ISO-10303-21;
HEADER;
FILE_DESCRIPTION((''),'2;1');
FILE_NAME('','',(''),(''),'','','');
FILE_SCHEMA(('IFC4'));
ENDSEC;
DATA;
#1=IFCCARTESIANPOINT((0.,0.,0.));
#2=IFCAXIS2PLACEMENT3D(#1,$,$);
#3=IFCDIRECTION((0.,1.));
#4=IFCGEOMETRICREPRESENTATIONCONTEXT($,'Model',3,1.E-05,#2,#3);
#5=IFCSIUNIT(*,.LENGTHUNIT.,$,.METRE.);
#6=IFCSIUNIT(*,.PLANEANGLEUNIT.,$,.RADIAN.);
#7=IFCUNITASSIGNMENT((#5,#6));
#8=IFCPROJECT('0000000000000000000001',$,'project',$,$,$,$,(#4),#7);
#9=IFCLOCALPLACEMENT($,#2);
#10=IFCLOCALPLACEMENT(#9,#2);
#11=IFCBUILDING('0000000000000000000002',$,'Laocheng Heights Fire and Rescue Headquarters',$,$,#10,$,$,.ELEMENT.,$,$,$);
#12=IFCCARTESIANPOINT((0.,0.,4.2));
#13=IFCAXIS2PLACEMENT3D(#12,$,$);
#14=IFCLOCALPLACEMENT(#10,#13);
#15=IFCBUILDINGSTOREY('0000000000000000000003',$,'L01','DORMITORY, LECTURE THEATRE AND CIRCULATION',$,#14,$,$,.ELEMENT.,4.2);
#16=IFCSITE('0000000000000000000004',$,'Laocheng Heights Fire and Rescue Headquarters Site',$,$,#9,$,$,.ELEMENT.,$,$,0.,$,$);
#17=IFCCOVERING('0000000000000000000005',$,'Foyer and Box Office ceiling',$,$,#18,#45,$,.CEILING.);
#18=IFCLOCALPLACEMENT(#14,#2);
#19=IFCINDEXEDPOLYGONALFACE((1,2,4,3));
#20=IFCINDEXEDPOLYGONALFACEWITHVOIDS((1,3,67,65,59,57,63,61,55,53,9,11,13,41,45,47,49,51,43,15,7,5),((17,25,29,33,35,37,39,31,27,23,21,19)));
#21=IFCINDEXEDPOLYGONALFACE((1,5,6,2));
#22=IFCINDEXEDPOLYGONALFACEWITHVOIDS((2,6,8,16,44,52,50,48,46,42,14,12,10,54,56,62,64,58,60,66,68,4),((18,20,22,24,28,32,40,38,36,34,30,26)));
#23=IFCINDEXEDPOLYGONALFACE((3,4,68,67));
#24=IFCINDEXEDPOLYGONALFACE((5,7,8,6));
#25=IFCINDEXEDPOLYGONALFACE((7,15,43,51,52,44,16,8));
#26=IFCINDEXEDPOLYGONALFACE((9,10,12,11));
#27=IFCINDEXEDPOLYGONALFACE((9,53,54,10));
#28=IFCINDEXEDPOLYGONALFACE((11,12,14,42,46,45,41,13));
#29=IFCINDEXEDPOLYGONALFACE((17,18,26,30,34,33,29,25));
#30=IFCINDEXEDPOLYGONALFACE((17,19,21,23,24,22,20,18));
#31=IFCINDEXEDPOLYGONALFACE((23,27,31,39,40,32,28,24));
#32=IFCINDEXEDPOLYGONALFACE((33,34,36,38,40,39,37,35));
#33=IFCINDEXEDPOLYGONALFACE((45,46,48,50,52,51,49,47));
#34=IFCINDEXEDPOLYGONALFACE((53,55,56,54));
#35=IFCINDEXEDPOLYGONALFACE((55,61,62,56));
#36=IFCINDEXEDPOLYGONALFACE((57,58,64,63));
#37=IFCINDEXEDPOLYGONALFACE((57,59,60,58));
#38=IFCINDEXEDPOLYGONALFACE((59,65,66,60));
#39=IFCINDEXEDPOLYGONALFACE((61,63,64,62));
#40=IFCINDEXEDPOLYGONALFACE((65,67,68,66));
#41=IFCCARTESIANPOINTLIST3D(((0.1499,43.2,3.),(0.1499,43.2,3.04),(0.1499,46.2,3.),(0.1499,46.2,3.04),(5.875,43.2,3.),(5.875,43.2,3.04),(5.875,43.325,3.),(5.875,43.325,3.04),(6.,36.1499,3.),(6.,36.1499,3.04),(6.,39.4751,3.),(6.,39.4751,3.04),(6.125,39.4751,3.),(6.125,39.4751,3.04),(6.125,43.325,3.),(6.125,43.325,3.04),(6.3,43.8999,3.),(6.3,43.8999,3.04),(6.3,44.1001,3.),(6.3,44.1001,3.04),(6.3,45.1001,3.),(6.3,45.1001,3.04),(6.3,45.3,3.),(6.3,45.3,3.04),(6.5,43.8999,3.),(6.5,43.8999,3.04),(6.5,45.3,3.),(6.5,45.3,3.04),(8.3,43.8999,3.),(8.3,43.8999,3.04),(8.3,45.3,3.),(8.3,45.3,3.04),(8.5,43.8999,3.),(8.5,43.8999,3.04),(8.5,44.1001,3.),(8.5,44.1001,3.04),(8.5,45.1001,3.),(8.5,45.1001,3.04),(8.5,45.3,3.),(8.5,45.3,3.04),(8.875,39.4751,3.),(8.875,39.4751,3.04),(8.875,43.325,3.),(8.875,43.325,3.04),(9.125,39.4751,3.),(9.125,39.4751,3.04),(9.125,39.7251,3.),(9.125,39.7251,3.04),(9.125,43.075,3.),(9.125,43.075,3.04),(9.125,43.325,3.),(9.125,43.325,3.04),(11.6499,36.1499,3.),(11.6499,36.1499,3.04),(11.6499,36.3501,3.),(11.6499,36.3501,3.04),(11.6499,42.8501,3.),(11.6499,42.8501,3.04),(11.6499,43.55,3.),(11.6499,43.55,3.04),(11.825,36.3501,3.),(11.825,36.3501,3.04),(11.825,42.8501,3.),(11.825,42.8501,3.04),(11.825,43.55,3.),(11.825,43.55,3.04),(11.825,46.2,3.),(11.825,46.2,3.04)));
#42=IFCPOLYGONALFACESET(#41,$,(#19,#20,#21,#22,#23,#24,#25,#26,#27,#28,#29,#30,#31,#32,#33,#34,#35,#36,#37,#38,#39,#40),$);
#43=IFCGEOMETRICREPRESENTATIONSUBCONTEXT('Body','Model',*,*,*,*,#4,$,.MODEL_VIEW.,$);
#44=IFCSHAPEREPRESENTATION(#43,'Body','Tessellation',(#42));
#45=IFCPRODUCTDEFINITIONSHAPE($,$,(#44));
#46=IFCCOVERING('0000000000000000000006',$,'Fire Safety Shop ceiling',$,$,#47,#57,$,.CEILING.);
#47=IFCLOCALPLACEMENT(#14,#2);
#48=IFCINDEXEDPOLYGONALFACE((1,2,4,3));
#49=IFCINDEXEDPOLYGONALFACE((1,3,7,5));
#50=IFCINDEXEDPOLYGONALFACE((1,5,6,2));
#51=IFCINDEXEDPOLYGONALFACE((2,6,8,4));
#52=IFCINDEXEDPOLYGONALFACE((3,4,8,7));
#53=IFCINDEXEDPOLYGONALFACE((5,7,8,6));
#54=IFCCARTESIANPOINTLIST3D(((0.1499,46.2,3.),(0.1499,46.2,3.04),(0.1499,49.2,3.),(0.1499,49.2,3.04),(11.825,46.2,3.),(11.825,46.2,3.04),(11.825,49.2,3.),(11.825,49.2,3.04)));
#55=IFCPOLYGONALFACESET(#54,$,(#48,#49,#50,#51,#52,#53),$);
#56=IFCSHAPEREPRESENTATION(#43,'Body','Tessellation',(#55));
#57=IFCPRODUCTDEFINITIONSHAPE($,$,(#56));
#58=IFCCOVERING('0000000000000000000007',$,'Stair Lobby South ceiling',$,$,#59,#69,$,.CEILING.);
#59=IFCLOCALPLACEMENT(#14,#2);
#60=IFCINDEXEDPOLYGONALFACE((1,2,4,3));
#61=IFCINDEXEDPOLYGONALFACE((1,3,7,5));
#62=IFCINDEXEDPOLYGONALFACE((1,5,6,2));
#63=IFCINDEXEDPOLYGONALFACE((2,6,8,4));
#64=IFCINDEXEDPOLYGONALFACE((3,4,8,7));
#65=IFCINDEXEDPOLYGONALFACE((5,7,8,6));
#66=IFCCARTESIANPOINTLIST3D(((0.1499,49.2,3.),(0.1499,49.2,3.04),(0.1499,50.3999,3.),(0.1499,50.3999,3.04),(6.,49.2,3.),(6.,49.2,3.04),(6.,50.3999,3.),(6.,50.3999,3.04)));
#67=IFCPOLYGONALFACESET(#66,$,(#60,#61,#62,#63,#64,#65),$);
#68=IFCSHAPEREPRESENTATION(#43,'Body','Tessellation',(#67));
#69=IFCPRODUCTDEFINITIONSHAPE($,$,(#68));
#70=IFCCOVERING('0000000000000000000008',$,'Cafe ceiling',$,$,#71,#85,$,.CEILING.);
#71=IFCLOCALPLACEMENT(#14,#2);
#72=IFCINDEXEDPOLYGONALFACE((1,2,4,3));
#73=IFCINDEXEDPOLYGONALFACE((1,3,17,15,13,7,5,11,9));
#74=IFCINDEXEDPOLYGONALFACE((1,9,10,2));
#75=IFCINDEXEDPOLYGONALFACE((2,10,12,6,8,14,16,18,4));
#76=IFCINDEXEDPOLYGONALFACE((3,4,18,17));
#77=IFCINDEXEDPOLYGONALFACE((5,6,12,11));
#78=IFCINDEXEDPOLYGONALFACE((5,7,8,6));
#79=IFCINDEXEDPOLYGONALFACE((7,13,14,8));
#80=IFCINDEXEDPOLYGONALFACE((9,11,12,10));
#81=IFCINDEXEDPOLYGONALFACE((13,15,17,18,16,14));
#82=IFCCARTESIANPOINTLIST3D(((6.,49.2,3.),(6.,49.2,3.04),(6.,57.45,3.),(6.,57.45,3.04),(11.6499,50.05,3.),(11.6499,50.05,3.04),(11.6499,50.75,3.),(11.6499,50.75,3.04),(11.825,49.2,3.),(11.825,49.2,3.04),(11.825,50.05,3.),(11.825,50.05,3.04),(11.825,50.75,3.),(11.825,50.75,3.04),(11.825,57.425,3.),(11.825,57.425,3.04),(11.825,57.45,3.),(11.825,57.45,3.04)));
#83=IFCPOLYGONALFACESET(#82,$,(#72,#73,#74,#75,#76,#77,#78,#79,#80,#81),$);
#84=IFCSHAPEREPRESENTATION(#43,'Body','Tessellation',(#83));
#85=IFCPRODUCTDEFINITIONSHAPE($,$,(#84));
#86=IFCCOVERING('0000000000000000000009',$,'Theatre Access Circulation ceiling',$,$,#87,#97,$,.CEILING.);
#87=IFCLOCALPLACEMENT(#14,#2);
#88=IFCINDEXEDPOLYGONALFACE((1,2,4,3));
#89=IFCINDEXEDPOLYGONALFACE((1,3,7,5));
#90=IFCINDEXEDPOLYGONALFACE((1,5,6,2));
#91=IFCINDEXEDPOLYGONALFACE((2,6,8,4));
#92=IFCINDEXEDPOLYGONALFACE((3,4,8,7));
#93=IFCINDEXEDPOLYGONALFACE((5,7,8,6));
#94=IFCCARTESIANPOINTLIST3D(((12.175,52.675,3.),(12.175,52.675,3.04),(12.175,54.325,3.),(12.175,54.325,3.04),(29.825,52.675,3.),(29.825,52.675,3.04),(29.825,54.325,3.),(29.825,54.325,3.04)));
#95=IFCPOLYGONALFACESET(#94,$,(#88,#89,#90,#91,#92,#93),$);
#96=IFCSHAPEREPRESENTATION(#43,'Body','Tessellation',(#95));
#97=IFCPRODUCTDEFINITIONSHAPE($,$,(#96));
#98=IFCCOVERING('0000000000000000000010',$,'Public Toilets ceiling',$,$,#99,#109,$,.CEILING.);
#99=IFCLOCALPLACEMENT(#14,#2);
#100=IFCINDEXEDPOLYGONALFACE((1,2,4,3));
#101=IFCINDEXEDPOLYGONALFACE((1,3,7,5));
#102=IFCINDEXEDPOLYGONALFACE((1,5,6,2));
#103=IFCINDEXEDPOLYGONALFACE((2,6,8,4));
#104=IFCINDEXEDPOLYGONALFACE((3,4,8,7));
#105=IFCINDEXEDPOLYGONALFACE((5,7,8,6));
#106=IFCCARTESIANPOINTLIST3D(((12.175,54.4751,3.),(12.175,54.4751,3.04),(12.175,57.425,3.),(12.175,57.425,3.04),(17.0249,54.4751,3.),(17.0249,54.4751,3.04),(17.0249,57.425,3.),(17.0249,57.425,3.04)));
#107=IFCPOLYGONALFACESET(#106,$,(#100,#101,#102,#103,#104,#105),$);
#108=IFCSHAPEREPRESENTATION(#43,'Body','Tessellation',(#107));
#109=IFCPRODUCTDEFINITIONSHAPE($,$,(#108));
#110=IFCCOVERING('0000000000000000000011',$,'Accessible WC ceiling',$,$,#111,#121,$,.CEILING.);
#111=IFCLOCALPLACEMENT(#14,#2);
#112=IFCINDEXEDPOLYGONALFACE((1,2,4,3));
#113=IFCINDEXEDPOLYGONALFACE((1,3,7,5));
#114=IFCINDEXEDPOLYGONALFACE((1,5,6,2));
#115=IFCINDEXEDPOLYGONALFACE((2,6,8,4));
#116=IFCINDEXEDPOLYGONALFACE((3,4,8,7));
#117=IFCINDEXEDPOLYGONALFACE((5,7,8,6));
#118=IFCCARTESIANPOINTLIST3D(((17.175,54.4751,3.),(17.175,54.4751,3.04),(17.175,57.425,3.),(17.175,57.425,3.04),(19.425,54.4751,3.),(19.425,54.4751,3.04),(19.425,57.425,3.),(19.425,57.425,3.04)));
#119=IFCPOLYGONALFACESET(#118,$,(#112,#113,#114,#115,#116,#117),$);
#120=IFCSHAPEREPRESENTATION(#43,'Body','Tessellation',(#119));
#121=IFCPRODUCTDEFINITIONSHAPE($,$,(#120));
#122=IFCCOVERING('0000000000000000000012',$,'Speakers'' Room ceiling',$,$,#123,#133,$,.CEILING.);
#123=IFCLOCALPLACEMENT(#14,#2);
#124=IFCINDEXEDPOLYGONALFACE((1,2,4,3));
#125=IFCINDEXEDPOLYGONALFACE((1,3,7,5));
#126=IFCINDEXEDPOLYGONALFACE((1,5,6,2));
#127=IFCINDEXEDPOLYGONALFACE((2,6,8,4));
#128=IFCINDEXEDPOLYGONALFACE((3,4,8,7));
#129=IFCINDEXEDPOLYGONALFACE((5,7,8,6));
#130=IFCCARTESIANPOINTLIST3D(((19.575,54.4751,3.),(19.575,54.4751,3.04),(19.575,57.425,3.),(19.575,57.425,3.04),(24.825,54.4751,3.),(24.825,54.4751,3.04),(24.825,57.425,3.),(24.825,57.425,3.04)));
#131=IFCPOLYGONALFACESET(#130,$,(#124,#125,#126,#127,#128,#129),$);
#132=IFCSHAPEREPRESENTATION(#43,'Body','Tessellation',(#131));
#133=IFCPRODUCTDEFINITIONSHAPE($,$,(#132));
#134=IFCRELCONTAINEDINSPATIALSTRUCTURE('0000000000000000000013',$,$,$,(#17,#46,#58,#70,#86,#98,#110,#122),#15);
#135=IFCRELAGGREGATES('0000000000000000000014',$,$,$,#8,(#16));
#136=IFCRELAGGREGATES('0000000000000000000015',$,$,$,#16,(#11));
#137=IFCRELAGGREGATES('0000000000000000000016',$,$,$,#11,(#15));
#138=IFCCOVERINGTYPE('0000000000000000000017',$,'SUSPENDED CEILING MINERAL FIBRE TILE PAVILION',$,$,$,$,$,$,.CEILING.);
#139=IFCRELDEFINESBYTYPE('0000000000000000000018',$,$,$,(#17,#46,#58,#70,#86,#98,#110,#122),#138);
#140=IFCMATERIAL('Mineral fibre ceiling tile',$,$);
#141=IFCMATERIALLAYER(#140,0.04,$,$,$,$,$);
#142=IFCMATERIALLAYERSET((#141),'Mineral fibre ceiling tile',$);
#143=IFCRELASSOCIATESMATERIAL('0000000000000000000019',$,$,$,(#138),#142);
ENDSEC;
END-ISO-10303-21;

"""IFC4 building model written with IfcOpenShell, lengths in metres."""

from ifc_helpers import new_model, si_unit, direction, frame, origin, place, context, subcontext, project, spatial, polyline, outline, extrude, material, layer, layer_set, type_object, element, save


model = new_model("IFC4")

# Units and contexts
model_context = context("Model", 3, precision=1e-05, world=origin(), true_north=direction((0.0, 1.0)))
body_context = subcontext(model_context, "Body", "Model", "MODEL_VIEW")
ifc_project = project(units=[si_unit("LENGTHUNIT", "METRE"), si_unit("PLANEANGLEUNIT", "RADIAN")], contexts=[model_context])

# Site, building, storey
site_placement = place(None, origin())
site = spatial("IfcSite", under=ifc_project, at=site_placement, Name="Laocheng Heights Fire and Rescue Headquarters Site", CompositionType="ELEMENT", RefElevation=0.0)
building_placement = place(site_placement, origin())
building = spatial("IfcBuilding", under=site, at=building_placement, Name="Laocheng Heights Fire and Rescue Headquarters", CompositionType="ELEMENT")
storey_placement = place(building_placement, frame((0.0, 0.0, 4.2)))
storey = spatial("IfcBuildingStorey", under=building, at=storey_placement, Name="L01", Description="DORMITORY, LECTURE THEATRE AND CIRCULATION", CompositionType="ELEMENT", Elevation=4.2)

# Coverings
ifc_material_1 = material(Name="Mineral fibre ceiling tile")
ifc_layer_1 = layer(ifc_material_1, 0.04)
ifc_layer_set_1 = layer_set([ifc_layer_1], Name="Mineral fibre ceiling tile")
covering_type_1 = type_object("IfcCoveringType", Name="SUSPENDED CEILING MINERAL FIBRE TILE PAVILION", PredefinedType="CEILING", material=ifc_layer_set_1)
covering_1_placement = place(storey_placement, frame((0.0, 0.0, 3.0)))
element("IfcCovering", 1, at=covering_1_placement, inside=storey, type_object=covering_type_1, Name="Foyer and Box Office ceiling", PredefinedType="CEILING", context=body_context, shape_type="SweptSolid", body=[
    extrude(outline(polyline([(6.125, 39.4751), (8.875, 39.4751), (9.125, 39.4751), (9.125, 39.7251), (9.125, 43.075), (9.125, 43.325), (8.875, 43.325), (6.125, 43.325), (5.875, 43.325), (5.875, 43.2), (0.1499, 43.2), (0.1499, 46.2), (11.825, 46.2), (11.825, 43.55), (11.6499, 43.55), (11.6499, 42.8501), (11.825, 42.8501), (11.825, 36.3501), (11.6499, 36.3501), (11.6499, 36.1499), (6.0, 36.1499), (6.0, 39.4751), (6.125, 39.4751)]), holes=[polyline([(8.5, 44.1001), (8.5, 45.1001), (8.5, 45.3), (8.3, 45.3), (6.5, 45.3), (6.3, 45.3), (6.3, 45.1001), (6.3, 44.1001), (6.3, 43.8999), (6.5, 43.8999), (8.3, 43.8999), (8.5, 43.8999), (8.5, 44.1001)])]), origin(), (0.0, 0.0, 1.0), 0.04),
])
covering_2_placement = place(storey_placement, frame((0.0, 0.0, 3.0)))
element("IfcCovering", 2, at=covering_2_placement, inside=storey, type_object=covering_type_1, Name="Fire Safety Shop ceiling", PredefinedType="CEILING", context=body_context, shape_type="SweptSolid", body=[
    extrude(outline(polyline([(11.825, 46.2), (0.1499, 46.2), (0.1499, 49.2), (11.825, 49.2), (11.825, 46.2)])), origin(), (0.0, 0.0, 1.0), 0.04),
])
covering_3_placement = place(storey_placement, frame((0.0, 0.0, 3.0)))
element("IfcCovering", 3, at=covering_3_placement, inside=storey, type_object=covering_type_1, Name="Stair Lobby South ceiling", PredefinedType="CEILING", context=body_context, shape_type="SweptSolid", body=[
    extrude(outline(polyline([(6.0, 49.2), (0.1499, 49.2), (0.1499, 50.3999), (6.0, 50.3999), (6.0, 49.2)])), origin(), (0.0, 0.0, 1.0), 0.04),
])
covering_4_placement = place(storey_placement, frame((0.0, 0.0, 3.0)))
element("IfcCovering", 4, at=covering_4_placement, inside=storey, type_object=covering_type_1, Name="Cafe ceiling", PredefinedType="CEILING", context=body_context, shape_type="SweptSolid", body=[
    extrude(outline(polyline([(6.0, 57.45), (11.825, 57.45), (11.825, 57.425), (11.825, 50.75), (11.6499, 50.75), (11.6499, 50.05), (11.825, 50.05), (11.825, 49.2), (6.0, 49.2), (6.0, 57.45)])), origin(), (0.0, 0.0, 1.0), 0.04),
])
covering_5_placement = place(storey_placement, frame((0.0, 0.0, 3.0)))
element("IfcCovering", 5, at=covering_5_placement, inside=storey, type_object=covering_type_1, Name="Theatre Access Circulation ceiling", PredefinedType="CEILING", context=body_context, shape_type="SweptSolid", body=[
    extrude(outline(polyline([(12.175, 54.325), (29.825, 54.325), (29.825, 52.675), (12.175, 52.675), (12.175, 54.325)])), origin(), (0.0, 0.0, 1.0), 0.04),
])
covering_6_placement = place(storey_placement, frame((0.0, 0.0, 3.0)))
element("IfcCovering", 6, at=covering_6_placement, inside=storey, type_object=covering_type_1, Name="Public Toilets ceiling", PredefinedType="CEILING", context=body_context, shape_type="SweptSolid", body=[
    extrude(outline(polyline([(12.175, 57.425), (17.0249, 57.425), (17.0249, 54.4751), (12.175, 54.4751), (12.175, 57.425)])), origin(), (0.0, 0.0, 1.0), 0.04),
])
covering_7_placement = place(storey_placement, frame((0.0, 0.0, 3.0)))
element("IfcCovering", 7, at=covering_7_placement, inside=storey, type_object=covering_type_1, Name="Accessible WC ceiling", PredefinedType="CEILING", context=body_context, shape_type="SweptSolid", body=[
    extrude(outline(polyline([(19.425, 54.4751), (17.175, 54.4751), (17.175, 57.425), (19.425, 57.425), (19.425, 54.4751)])), origin(), (0.0, 0.0, 1.0), 0.04),
])
covering_8_placement = place(storey_placement, frame((0.0, 0.0, 3.0)))
element("IfcCovering", 8, at=covering_8_placement, inside=storey, type_object=covering_type_1, Name="Speakers' Room ceiling", PredefinedType="CEILING", context=body_context, shape_type="SweptSolid", body=[
    extrude(outline(polyline([(24.825, 54.4751), (19.575, 54.4751), (19.575, 57.425), (24.825, 57.425), (24.825, 54.4751)])), origin(), (0.0, 0.0, 1.0), 0.04),
])

save(model, "model.ifc")
